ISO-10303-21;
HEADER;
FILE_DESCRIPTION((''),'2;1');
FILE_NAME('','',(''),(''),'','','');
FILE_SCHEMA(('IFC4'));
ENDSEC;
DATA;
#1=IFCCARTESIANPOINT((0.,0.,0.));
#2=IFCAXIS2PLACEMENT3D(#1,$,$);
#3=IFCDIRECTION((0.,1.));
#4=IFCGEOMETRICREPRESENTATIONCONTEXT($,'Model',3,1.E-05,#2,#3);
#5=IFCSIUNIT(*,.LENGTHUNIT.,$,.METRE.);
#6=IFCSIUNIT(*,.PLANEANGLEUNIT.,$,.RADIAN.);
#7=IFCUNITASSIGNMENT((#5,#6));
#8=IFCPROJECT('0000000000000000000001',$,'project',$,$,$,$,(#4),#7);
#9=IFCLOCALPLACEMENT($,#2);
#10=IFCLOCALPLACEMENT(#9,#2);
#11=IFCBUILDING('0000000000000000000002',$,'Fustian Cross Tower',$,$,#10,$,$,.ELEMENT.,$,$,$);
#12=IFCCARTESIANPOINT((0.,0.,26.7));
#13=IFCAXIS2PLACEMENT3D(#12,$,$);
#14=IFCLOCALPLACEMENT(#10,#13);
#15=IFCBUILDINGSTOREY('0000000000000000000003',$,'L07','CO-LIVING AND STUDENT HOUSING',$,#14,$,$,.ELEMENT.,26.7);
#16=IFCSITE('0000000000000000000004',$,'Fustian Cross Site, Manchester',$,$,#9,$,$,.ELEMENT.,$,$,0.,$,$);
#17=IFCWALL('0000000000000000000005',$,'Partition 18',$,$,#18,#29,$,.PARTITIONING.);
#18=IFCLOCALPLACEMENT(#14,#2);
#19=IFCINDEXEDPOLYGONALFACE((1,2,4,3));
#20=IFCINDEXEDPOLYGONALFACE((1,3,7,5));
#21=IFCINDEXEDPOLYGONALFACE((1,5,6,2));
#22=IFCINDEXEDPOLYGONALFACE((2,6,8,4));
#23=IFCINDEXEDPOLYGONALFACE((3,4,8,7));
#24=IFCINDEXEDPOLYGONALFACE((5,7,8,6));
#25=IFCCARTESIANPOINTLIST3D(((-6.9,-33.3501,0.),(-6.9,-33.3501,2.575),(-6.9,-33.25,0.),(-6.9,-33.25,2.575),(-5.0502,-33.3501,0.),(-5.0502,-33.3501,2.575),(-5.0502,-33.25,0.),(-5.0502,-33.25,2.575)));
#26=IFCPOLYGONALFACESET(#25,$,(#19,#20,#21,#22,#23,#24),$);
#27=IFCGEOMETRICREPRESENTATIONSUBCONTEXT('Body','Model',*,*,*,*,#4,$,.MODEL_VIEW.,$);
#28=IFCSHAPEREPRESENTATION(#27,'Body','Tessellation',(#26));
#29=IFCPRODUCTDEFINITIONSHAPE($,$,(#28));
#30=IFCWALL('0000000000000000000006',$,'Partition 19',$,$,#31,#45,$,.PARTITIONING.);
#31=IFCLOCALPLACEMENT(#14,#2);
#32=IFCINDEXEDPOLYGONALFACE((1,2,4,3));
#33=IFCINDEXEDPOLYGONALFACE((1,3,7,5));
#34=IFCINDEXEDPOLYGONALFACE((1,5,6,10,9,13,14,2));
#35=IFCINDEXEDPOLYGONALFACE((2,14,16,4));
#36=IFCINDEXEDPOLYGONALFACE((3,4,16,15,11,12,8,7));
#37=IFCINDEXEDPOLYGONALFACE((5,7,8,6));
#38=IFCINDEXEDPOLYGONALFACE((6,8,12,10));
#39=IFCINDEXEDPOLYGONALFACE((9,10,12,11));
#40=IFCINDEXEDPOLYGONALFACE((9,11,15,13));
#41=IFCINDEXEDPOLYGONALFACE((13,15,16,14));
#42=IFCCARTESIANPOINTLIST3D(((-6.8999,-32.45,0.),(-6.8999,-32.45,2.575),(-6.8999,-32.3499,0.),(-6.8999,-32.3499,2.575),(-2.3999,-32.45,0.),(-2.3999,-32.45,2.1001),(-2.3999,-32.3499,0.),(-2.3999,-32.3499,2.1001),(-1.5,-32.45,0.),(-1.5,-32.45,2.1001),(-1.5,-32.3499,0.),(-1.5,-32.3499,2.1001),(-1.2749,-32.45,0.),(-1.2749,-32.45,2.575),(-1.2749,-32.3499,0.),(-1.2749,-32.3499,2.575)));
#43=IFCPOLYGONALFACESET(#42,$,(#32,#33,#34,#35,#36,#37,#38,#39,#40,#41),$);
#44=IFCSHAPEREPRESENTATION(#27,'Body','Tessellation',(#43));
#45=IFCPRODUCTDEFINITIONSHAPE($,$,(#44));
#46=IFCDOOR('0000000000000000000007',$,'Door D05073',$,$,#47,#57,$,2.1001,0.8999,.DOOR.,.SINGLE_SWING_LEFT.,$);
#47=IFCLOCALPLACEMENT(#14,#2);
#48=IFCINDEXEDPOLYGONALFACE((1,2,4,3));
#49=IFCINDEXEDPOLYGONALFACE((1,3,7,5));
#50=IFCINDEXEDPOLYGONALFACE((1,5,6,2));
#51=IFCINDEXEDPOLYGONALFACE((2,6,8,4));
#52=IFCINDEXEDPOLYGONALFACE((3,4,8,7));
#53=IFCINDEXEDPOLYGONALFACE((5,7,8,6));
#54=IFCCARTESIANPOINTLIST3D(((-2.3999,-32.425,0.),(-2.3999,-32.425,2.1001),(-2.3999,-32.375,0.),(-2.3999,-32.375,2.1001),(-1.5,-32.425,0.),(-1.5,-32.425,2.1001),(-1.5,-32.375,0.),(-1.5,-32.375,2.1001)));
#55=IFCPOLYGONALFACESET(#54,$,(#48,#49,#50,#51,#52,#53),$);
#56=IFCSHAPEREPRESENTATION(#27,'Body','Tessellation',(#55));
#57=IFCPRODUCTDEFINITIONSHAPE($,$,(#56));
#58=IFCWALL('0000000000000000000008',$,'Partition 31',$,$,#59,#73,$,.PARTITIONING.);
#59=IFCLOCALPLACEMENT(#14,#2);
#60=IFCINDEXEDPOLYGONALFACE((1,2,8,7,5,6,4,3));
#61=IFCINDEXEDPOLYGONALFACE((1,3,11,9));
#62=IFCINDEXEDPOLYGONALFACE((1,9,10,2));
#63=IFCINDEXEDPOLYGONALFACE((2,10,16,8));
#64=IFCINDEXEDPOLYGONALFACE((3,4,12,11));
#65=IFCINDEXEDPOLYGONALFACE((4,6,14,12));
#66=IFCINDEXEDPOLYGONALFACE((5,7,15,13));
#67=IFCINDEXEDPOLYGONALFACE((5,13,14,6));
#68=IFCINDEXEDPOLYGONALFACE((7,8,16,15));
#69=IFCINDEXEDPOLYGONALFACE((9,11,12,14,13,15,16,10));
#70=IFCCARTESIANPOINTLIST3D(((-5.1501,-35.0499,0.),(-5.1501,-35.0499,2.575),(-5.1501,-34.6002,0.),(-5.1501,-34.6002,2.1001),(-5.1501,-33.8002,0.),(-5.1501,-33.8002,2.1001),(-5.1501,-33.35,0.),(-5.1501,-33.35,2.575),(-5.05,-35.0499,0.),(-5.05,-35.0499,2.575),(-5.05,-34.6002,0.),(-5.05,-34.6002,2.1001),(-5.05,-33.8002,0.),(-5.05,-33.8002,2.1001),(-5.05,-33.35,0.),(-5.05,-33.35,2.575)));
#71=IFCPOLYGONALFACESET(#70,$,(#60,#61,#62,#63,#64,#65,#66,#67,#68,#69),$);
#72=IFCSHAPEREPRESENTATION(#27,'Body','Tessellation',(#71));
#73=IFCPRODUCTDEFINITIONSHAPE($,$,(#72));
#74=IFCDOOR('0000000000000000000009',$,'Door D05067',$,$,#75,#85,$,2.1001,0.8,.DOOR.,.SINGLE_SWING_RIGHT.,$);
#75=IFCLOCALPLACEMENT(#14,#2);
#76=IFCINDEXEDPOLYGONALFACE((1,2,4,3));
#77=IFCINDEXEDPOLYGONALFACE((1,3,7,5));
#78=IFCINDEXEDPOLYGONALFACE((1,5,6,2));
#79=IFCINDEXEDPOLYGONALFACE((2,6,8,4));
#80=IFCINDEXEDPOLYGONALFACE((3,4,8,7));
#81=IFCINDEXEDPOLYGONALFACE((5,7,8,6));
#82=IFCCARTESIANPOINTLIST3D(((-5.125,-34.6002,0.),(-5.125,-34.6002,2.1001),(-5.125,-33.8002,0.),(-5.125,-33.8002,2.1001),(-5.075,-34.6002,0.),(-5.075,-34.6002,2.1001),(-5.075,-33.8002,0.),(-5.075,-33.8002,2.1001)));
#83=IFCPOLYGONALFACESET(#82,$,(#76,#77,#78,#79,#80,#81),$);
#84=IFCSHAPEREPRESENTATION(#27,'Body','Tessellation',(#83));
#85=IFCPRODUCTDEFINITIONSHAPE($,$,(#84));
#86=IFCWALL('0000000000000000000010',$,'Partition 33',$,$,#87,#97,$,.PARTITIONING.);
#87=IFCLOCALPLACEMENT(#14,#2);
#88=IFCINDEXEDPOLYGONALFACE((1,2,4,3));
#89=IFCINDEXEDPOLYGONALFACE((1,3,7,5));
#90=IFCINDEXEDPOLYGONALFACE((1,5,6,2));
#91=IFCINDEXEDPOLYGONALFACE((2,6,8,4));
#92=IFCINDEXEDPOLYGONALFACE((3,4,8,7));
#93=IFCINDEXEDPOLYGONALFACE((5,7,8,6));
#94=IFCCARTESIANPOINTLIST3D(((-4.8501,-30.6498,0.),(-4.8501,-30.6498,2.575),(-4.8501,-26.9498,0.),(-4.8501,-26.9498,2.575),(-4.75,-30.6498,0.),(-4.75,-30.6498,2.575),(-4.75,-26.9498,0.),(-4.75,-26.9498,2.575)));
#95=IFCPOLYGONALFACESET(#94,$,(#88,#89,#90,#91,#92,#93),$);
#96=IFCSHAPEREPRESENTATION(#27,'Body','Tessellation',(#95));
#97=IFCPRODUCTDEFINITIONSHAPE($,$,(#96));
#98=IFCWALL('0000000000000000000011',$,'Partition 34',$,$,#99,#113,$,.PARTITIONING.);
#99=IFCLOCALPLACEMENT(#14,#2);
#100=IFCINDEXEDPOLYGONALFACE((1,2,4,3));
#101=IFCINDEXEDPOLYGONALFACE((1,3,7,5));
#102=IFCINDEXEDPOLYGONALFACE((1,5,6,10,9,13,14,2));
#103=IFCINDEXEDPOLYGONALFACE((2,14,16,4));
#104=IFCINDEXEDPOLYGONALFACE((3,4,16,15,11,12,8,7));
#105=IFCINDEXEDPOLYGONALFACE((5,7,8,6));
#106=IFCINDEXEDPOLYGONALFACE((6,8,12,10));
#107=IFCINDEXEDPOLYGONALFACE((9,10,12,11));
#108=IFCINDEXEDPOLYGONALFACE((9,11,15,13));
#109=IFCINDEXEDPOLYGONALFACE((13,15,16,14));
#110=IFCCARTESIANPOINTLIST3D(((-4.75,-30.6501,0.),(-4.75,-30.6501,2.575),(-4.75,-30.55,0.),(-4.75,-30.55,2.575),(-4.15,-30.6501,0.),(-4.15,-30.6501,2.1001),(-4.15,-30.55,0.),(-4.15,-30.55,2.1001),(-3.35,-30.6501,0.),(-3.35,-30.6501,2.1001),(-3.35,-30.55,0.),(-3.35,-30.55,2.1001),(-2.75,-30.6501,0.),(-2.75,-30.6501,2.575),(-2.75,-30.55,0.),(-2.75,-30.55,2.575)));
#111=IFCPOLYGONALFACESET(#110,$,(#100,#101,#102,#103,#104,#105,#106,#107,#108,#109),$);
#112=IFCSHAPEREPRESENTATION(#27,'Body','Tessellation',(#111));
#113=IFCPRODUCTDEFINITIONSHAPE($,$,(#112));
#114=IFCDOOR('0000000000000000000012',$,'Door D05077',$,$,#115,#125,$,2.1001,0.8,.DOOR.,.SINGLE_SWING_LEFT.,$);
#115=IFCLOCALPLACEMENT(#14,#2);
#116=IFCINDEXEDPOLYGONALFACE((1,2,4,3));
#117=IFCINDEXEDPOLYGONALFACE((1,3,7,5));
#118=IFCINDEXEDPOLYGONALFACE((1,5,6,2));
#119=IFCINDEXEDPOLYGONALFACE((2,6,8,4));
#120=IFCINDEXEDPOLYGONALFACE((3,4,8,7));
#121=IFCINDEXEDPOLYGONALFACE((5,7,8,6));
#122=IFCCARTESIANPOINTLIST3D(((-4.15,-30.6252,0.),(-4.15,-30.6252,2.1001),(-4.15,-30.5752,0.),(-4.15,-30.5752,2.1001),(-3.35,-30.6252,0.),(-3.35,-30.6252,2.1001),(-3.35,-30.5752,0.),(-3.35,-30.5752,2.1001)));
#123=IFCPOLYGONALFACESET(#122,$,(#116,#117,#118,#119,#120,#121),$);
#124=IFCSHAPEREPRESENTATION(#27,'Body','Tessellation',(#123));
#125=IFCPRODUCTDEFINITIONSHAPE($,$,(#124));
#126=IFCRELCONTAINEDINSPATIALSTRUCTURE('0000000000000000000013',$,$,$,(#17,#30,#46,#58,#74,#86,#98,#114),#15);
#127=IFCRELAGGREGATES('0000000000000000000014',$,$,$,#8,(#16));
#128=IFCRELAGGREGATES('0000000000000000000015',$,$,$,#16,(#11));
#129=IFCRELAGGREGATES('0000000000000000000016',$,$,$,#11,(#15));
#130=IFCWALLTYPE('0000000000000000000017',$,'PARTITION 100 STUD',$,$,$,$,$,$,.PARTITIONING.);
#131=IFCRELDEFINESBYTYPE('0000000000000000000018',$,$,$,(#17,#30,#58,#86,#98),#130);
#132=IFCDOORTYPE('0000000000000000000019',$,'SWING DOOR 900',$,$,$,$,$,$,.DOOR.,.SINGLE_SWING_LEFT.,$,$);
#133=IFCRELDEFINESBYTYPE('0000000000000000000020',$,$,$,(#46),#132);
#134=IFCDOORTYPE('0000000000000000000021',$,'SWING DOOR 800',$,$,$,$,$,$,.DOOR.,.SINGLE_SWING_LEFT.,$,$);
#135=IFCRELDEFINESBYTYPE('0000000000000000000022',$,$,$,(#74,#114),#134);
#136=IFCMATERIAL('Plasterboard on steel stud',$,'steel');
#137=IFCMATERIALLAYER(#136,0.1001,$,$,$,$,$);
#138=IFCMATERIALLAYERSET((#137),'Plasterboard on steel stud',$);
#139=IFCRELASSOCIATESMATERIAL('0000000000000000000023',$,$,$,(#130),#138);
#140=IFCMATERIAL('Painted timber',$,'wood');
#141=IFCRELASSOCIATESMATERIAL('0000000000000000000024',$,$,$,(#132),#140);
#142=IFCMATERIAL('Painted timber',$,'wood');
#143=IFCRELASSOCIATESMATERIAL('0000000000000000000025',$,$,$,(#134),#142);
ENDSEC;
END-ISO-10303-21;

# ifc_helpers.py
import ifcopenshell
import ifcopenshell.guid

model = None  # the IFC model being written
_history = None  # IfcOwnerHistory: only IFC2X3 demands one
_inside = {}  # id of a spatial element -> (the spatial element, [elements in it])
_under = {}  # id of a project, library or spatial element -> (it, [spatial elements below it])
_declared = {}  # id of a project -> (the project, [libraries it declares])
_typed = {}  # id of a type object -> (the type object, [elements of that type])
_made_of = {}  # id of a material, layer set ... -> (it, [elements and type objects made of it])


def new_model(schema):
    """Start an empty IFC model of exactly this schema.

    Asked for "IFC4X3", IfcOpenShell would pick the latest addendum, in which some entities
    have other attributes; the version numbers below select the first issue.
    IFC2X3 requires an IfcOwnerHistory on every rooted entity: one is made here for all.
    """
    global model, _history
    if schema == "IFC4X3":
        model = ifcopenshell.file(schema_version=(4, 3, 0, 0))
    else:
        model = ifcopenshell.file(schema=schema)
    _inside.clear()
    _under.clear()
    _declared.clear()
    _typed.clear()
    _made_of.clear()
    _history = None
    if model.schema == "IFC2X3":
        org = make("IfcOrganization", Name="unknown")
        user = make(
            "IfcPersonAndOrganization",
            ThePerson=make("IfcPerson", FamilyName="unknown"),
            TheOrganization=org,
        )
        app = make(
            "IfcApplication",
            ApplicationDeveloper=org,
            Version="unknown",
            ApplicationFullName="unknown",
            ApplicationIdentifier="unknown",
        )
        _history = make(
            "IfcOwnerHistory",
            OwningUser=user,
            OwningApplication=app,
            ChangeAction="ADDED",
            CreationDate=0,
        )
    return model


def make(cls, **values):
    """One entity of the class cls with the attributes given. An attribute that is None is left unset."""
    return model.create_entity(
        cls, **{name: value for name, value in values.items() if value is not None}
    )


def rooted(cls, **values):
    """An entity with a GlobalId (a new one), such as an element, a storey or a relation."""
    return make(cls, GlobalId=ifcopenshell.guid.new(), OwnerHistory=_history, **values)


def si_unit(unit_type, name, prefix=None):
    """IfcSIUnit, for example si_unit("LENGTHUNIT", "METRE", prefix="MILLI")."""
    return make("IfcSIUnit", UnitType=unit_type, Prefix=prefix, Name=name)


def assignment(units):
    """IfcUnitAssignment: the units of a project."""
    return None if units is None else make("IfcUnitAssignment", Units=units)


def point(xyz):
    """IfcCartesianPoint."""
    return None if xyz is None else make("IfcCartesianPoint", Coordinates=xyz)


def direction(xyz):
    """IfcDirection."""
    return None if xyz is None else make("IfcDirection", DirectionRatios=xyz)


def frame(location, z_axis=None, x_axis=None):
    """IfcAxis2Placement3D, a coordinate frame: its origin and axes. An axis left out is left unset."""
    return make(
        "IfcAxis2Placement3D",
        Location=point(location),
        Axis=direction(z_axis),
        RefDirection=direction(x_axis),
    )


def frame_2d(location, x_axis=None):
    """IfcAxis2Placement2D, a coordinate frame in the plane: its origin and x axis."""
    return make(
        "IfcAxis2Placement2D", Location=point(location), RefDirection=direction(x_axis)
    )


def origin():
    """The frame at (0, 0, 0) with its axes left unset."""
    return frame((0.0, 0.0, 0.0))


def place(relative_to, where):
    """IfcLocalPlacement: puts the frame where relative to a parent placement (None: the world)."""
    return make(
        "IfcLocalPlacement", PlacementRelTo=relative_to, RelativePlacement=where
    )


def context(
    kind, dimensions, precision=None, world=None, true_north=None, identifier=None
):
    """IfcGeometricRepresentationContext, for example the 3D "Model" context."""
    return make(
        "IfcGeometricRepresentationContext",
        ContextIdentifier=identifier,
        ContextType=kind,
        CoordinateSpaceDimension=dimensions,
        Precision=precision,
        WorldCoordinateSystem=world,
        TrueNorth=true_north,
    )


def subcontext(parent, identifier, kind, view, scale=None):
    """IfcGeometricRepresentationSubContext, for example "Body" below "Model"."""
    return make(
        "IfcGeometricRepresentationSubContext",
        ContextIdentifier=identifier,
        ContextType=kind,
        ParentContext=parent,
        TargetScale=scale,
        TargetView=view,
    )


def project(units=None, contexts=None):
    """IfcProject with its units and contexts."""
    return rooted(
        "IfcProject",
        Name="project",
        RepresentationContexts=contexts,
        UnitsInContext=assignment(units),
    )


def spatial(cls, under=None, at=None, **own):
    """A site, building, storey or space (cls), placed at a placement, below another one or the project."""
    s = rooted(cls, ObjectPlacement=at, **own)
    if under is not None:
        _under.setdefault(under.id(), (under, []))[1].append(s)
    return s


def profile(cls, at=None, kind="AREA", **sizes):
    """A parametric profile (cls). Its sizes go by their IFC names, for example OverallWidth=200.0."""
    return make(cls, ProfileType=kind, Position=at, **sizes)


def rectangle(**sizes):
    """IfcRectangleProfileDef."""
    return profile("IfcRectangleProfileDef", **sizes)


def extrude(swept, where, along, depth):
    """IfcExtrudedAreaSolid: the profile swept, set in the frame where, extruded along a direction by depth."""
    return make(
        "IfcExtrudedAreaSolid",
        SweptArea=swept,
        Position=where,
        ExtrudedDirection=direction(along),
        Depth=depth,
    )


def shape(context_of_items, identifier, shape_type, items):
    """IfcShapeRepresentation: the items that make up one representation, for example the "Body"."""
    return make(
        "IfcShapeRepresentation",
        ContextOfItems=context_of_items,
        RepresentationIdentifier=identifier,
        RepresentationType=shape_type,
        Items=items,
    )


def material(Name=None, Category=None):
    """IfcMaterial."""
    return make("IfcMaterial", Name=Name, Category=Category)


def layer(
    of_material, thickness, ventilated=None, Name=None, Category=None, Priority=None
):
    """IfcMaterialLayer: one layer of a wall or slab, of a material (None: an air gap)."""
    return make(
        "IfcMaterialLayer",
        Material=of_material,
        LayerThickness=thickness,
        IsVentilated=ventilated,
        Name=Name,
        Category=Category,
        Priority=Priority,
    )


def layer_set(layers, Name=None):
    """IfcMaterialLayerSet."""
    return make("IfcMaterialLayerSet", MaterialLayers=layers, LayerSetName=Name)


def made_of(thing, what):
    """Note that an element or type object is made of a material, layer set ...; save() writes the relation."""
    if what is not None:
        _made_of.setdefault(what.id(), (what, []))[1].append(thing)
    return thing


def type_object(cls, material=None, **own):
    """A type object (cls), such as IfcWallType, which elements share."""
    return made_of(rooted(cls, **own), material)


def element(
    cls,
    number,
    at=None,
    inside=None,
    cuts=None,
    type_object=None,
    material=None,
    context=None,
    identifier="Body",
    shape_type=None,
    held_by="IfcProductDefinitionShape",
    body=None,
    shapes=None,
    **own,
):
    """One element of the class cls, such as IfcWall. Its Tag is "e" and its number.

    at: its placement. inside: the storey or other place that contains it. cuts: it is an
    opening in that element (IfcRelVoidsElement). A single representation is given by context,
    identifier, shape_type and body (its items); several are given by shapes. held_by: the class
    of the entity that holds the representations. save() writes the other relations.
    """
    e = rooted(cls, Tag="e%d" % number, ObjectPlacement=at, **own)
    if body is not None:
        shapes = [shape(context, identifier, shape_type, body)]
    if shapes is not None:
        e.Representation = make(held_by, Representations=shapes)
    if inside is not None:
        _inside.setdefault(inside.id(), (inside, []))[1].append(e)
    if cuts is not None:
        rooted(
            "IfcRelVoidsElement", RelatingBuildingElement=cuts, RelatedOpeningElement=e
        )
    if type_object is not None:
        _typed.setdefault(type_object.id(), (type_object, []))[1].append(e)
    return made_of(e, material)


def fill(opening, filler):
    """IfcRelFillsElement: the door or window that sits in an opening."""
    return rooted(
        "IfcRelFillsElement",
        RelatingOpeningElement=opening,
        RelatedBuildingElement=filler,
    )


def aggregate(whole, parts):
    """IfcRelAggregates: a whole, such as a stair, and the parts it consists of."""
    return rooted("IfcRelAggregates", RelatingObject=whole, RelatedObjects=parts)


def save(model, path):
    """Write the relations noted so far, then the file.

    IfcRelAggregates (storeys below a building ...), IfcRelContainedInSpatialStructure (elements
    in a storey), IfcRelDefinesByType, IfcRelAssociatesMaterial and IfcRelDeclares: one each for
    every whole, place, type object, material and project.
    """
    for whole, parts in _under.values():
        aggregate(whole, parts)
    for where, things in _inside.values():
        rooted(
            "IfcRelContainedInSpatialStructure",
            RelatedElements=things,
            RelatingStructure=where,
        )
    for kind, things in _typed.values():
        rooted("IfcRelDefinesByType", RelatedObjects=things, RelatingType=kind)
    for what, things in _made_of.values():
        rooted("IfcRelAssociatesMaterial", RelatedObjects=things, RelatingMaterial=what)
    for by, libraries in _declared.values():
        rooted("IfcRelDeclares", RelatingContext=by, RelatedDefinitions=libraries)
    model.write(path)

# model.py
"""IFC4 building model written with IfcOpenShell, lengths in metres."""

from ifc_helpers import new_model, si_unit, direction, frame, frame_2d, origin, place, context, subcontext, project, spatial, rectangle, extrude, material, layer, layer_set, type_object, element, fill, save


model = new_model("IFC4")

# Units and contexts
model_context = context("Model", 3, precision=1e-05, world=origin(), true_north=direction((0.0, 1.0)))
body_context = subcontext(model_context, "Body", "Model", "MODEL_VIEW")
ifc_project = project(units=[si_unit("LENGTHUNIT", "METRE"), si_unit("PLANEANGLEUNIT", "RADIAN")], contexts=[model_context])

# Site, building, storey
site_placement = place(None, origin())
site = spatial("IfcSite", under=ifc_project, at=site_placement, Name="Fustian Cross Site, Manchester", CompositionType="ELEMENT", RefElevation=0.0)
building_placement = place(site_placement, origin())
building = spatial("IfcBuilding", under=site, at=building_placement, Name="Fustian Cross Tower", CompositionType="ELEMENT")
storey_placement = place(building_placement, frame((0.0, 0.0, 26.7)))
storey = spatial("IfcBuildingStorey", under=building, at=storey_placement, Name="L07", Description="CO-LIVING AND STUDENT HOUSING", CompositionType="ELEMENT", Elevation=26.7)

# Wall
ifc_material_1 = material(Name="Plasterboard on steel stud", Category="steel")
ifc_layer_1 = layer(ifc_material_1, 0.1001)
ifc_layer_set_1 = layer_set([ifc_layer_1], Name="Plasterboard on steel stud")
wall_type_1 = type_object("IfcWallType", Name="PARTITION 100 STUD", PredefinedType="PARTITIONING", material=ifc_layer_set_1)
wall_1_placement = place(storey_placement, frame((-6.8999, -33.3, 0.0), z_axis=(0.0, 0.0, 1.0), x_axis=(1.0, 0.0, 0.0)))
element("IfcWall", 1, at=wall_1_placement, inside=storey, type_object=wall_type_1, Name="Partition 18", PredefinedType="PARTITIONING", context=body_context, shape_type="SweptSolid", body=[
    extrude(rectangle(XDim=1.8499, YDim=0.1001, at=frame_2d((0.9248, 0.0))), origin(), (0.0, 0.0, 1.0), 2.575),
])

# Walls, openings, doors
wall_2_placement = place(storey_placement, frame((-6.8999, -32.3999, 0.0), z_axis=(0.0, 0.0, 1.0), x_axis=(1.0, 0.0, 0.0)))
wall_2 = element("IfcWall", 2, at=wall_2_placement, inside=storey, type_object=wall_type_1, Name="Partition 19", PredefinedType="PARTITIONING", context=body_context, shape_type="SweptSolid", body=[
    extrude(rectangle(XDim=5.625, YDim=0.1001, at=frame_2d((2.8125, 0.0))), origin(), (0.0, 0.0, 1.0), 2.575),
])
opening_1_placement = place(wall_2_placement, frame((4.5, 0.0, 0.0)))
opening_1 = element("IfcOpeningElement", 3, at=opening_1_placement, cuts=wall_2, PredefinedType="OPENING", context=body_context, shape_type="SweptSolid", body=[
    extrude(rectangle(XDim=0.8999, YDim=2.1001, at=frame_2d((0.45, 1.05))), frame((0.0, 0.0601, 0.0), z_axis=(0.0, -1.0, 0.0), x_axis=(1.0, 0.0, 0.0)), (0.0, 0.0, 1.0), 0.1201),
])
ifc_material_2 = material(Name="Painted timber", Category="wood")
door_type_1 = type_object("IfcDoorType", Name="SWING DOOR 900", OperationType="SINGLE_SWING_LEFT", PredefinedType="DOOR", material=ifc_material_2)
door_1_placement = place(opening_1_placement, origin())
door_1 = element("IfcDoor", 4, at=door_1_placement, inside=storey, type_object=door_type_1, Name="Door D05073", OperationType="SINGLE_SWING_LEFT", OverallHeight=2.1001, OverallWidth=0.8999, PredefinedType="DOOR", context=body_context, shape_type="SweptSolid", body=[
    extrude(rectangle(XDim=0.8999, YDim=2.1001, at=frame_2d((0.45, 1.05))), frame((0.0, 0.0249, 0.0), z_axis=(0.0, -1.0, 0.0), x_axis=(1.0, 0.0, 0.0)), (0.0, 0.0, 1.0), 0.05),
])
fill(opening_1, door_1)
wall_3_placement = place(storey_placement, frame((-5.1001, -35.05, 0.0), z_axis=(0.0, 0.0, 1.0), x_axis=(0.0, 1.0, 0.0)))
wall_3 = element("IfcWall", 5, at=wall_3_placement, inside=storey, type_object=wall_type_1, Name="Partition 31", PredefinedType="PARTITIONING", context=body_context, shape_type="SweptSolid", body=[
    extrude(rectangle(XDim=1.7, YDim=0.1001, at=frame_2d((0.8501, 0.0))), origin(), (0.0, 0.0, 1.0), 2.575),
])
opening_2_placement = place(wall_3_placement, frame((0.45, 0.0, 0.0)))
opening_2 = element("IfcOpeningElement", 6, at=opening_2_placement, cuts=wall_3, PredefinedType="OPENING", context=body_context, shape_type="SweptSolid", body=[
    extrude(rectangle(XDim=0.8, YDim=2.1001, at=frame_2d((0.3999, 1.05))), frame((0.0, 0.0601, 0.0), z_axis=(0.0, -1.0, 0.0), x_axis=(1.0, 0.0, 0.0)), (0.0, 0.0, 1.0), 0.1201),
])
ifc_material_3 = material(Name="Painted timber", Category="wood")
door_type_2 = type_object("IfcDoorType", Name="SWING DOOR 800", OperationType="SINGLE_SWING_LEFT", PredefinedType="DOOR", material=ifc_material_3)
door_2_placement = place(opening_2_placement, origin())
door_2 = element("IfcDoor", 7, at=door_2_placement, inside=storey, type_object=door_type_2, Name="Door D05067", OperationType="SINGLE_SWING_RIGHT", OverallHeight=2.1001, OverallWidth=0.8, PredefinedType="DOOR", context=body_context, shape_type="SweptSolid", body=[
    extrude(rectangle(XDim=0.8, YDim=2.1001, at=frame_2d((0.3999, 1.05))), frame((0.0, 0.0249, 0.0), z_axis=(0.0, -1.0, 0.0), x_axis=(1.0, 0.0, 0.0)), (0.0, 0.0, 1.0), 0.05),
])
fill(opening_2, door_2)

# Wall
wall_4_placement = place(storey_placement, frame((-4.8, -30.6499, 0.0), z_axis=(0.0, 0.0, 1.0), x_axis=(0.0, 1.0, 0.0)))
element("IfcWall", 8, at=wall_4_placement, inside=storey, type_object=wall_type_1, Name="Partition 33", PredefinedType="PARTITIONING", context=body_context, shape_type="SweptSolid", body=[
    extrude(rectangle(XDim=3.7, YDim=0.1001, at=frame_2d((1.8501, 0.0))), origin(), (0.0, 0.0, 1.0), 2.575),
])

# Wall, opening, door
wall_5_placement = place(storey_placement, frame((-4.75, -30.6001, 0.0), z_axis=(0.0, 0.0, 1.0), x_axis=(1.0, 0.0, 0.0)))
wall_5 = element("IfcWall", 9, at=wall_5_placement, inside=storey, type_object=wall_type_1, Name="Partition 34", PredefinedType="PARTITIONING", context=body_context, shape_type="SweptSolid", body=[
    extrude(rectangle(XDim=2.0, YDim=0.1001, at=frame_2d((1.0, 0.0))), origin(), (0.0, 0.0, 1.0), 2.575),
])
opening_3_placement = place(wall_5_placement, frame((0.6001, 0.0, 0.0)))
opening_3 = element("IfcOpeningElement", 10, at=opening_3_placement, cuts=wall_5, PredefinedType="OPENING", context=body_context, shape_type="SweptSolid", body=[
    extrude(rectangle(XDim=0.8, YDim=2.1001, at=frame_2d((0.3999, 1.05))), frame((0.0, 0.0601, 0.0), z_axis=(0.0, -1.0, 0.0), x_axis=(1.0, 0.0, 0.0)), (0.0, 0.0, 1.0), 0.1201),
])
door_3_placement = place(opening_3_placement, origin())
door_3 = element("IfcDoor", 11, at=door_3_placement, inside=storey, type_object=door_type_2, Name="Door D05077", OperationType="SINGLE_SWING_LEFT", OverallHeight=2.1001, OverallWidth=0.8, PredefinedType="DOOR", context=body_context, shape_type="SweptSolid", body=[
    extrude(rectangle(XDim=0.8, YDim=2.1001, at=frame_2d((0.3999, 1.05))), frame((0.0, 0.0249, 0.0), z_axis=(0.0, -1.0, 0.0), x_axis=(1.0, 0.0, 0.0)), (0.0, 0.0, 1.0), 0.05),
])
fill(opening_3, door_3)

save(model, "model.ifc")
